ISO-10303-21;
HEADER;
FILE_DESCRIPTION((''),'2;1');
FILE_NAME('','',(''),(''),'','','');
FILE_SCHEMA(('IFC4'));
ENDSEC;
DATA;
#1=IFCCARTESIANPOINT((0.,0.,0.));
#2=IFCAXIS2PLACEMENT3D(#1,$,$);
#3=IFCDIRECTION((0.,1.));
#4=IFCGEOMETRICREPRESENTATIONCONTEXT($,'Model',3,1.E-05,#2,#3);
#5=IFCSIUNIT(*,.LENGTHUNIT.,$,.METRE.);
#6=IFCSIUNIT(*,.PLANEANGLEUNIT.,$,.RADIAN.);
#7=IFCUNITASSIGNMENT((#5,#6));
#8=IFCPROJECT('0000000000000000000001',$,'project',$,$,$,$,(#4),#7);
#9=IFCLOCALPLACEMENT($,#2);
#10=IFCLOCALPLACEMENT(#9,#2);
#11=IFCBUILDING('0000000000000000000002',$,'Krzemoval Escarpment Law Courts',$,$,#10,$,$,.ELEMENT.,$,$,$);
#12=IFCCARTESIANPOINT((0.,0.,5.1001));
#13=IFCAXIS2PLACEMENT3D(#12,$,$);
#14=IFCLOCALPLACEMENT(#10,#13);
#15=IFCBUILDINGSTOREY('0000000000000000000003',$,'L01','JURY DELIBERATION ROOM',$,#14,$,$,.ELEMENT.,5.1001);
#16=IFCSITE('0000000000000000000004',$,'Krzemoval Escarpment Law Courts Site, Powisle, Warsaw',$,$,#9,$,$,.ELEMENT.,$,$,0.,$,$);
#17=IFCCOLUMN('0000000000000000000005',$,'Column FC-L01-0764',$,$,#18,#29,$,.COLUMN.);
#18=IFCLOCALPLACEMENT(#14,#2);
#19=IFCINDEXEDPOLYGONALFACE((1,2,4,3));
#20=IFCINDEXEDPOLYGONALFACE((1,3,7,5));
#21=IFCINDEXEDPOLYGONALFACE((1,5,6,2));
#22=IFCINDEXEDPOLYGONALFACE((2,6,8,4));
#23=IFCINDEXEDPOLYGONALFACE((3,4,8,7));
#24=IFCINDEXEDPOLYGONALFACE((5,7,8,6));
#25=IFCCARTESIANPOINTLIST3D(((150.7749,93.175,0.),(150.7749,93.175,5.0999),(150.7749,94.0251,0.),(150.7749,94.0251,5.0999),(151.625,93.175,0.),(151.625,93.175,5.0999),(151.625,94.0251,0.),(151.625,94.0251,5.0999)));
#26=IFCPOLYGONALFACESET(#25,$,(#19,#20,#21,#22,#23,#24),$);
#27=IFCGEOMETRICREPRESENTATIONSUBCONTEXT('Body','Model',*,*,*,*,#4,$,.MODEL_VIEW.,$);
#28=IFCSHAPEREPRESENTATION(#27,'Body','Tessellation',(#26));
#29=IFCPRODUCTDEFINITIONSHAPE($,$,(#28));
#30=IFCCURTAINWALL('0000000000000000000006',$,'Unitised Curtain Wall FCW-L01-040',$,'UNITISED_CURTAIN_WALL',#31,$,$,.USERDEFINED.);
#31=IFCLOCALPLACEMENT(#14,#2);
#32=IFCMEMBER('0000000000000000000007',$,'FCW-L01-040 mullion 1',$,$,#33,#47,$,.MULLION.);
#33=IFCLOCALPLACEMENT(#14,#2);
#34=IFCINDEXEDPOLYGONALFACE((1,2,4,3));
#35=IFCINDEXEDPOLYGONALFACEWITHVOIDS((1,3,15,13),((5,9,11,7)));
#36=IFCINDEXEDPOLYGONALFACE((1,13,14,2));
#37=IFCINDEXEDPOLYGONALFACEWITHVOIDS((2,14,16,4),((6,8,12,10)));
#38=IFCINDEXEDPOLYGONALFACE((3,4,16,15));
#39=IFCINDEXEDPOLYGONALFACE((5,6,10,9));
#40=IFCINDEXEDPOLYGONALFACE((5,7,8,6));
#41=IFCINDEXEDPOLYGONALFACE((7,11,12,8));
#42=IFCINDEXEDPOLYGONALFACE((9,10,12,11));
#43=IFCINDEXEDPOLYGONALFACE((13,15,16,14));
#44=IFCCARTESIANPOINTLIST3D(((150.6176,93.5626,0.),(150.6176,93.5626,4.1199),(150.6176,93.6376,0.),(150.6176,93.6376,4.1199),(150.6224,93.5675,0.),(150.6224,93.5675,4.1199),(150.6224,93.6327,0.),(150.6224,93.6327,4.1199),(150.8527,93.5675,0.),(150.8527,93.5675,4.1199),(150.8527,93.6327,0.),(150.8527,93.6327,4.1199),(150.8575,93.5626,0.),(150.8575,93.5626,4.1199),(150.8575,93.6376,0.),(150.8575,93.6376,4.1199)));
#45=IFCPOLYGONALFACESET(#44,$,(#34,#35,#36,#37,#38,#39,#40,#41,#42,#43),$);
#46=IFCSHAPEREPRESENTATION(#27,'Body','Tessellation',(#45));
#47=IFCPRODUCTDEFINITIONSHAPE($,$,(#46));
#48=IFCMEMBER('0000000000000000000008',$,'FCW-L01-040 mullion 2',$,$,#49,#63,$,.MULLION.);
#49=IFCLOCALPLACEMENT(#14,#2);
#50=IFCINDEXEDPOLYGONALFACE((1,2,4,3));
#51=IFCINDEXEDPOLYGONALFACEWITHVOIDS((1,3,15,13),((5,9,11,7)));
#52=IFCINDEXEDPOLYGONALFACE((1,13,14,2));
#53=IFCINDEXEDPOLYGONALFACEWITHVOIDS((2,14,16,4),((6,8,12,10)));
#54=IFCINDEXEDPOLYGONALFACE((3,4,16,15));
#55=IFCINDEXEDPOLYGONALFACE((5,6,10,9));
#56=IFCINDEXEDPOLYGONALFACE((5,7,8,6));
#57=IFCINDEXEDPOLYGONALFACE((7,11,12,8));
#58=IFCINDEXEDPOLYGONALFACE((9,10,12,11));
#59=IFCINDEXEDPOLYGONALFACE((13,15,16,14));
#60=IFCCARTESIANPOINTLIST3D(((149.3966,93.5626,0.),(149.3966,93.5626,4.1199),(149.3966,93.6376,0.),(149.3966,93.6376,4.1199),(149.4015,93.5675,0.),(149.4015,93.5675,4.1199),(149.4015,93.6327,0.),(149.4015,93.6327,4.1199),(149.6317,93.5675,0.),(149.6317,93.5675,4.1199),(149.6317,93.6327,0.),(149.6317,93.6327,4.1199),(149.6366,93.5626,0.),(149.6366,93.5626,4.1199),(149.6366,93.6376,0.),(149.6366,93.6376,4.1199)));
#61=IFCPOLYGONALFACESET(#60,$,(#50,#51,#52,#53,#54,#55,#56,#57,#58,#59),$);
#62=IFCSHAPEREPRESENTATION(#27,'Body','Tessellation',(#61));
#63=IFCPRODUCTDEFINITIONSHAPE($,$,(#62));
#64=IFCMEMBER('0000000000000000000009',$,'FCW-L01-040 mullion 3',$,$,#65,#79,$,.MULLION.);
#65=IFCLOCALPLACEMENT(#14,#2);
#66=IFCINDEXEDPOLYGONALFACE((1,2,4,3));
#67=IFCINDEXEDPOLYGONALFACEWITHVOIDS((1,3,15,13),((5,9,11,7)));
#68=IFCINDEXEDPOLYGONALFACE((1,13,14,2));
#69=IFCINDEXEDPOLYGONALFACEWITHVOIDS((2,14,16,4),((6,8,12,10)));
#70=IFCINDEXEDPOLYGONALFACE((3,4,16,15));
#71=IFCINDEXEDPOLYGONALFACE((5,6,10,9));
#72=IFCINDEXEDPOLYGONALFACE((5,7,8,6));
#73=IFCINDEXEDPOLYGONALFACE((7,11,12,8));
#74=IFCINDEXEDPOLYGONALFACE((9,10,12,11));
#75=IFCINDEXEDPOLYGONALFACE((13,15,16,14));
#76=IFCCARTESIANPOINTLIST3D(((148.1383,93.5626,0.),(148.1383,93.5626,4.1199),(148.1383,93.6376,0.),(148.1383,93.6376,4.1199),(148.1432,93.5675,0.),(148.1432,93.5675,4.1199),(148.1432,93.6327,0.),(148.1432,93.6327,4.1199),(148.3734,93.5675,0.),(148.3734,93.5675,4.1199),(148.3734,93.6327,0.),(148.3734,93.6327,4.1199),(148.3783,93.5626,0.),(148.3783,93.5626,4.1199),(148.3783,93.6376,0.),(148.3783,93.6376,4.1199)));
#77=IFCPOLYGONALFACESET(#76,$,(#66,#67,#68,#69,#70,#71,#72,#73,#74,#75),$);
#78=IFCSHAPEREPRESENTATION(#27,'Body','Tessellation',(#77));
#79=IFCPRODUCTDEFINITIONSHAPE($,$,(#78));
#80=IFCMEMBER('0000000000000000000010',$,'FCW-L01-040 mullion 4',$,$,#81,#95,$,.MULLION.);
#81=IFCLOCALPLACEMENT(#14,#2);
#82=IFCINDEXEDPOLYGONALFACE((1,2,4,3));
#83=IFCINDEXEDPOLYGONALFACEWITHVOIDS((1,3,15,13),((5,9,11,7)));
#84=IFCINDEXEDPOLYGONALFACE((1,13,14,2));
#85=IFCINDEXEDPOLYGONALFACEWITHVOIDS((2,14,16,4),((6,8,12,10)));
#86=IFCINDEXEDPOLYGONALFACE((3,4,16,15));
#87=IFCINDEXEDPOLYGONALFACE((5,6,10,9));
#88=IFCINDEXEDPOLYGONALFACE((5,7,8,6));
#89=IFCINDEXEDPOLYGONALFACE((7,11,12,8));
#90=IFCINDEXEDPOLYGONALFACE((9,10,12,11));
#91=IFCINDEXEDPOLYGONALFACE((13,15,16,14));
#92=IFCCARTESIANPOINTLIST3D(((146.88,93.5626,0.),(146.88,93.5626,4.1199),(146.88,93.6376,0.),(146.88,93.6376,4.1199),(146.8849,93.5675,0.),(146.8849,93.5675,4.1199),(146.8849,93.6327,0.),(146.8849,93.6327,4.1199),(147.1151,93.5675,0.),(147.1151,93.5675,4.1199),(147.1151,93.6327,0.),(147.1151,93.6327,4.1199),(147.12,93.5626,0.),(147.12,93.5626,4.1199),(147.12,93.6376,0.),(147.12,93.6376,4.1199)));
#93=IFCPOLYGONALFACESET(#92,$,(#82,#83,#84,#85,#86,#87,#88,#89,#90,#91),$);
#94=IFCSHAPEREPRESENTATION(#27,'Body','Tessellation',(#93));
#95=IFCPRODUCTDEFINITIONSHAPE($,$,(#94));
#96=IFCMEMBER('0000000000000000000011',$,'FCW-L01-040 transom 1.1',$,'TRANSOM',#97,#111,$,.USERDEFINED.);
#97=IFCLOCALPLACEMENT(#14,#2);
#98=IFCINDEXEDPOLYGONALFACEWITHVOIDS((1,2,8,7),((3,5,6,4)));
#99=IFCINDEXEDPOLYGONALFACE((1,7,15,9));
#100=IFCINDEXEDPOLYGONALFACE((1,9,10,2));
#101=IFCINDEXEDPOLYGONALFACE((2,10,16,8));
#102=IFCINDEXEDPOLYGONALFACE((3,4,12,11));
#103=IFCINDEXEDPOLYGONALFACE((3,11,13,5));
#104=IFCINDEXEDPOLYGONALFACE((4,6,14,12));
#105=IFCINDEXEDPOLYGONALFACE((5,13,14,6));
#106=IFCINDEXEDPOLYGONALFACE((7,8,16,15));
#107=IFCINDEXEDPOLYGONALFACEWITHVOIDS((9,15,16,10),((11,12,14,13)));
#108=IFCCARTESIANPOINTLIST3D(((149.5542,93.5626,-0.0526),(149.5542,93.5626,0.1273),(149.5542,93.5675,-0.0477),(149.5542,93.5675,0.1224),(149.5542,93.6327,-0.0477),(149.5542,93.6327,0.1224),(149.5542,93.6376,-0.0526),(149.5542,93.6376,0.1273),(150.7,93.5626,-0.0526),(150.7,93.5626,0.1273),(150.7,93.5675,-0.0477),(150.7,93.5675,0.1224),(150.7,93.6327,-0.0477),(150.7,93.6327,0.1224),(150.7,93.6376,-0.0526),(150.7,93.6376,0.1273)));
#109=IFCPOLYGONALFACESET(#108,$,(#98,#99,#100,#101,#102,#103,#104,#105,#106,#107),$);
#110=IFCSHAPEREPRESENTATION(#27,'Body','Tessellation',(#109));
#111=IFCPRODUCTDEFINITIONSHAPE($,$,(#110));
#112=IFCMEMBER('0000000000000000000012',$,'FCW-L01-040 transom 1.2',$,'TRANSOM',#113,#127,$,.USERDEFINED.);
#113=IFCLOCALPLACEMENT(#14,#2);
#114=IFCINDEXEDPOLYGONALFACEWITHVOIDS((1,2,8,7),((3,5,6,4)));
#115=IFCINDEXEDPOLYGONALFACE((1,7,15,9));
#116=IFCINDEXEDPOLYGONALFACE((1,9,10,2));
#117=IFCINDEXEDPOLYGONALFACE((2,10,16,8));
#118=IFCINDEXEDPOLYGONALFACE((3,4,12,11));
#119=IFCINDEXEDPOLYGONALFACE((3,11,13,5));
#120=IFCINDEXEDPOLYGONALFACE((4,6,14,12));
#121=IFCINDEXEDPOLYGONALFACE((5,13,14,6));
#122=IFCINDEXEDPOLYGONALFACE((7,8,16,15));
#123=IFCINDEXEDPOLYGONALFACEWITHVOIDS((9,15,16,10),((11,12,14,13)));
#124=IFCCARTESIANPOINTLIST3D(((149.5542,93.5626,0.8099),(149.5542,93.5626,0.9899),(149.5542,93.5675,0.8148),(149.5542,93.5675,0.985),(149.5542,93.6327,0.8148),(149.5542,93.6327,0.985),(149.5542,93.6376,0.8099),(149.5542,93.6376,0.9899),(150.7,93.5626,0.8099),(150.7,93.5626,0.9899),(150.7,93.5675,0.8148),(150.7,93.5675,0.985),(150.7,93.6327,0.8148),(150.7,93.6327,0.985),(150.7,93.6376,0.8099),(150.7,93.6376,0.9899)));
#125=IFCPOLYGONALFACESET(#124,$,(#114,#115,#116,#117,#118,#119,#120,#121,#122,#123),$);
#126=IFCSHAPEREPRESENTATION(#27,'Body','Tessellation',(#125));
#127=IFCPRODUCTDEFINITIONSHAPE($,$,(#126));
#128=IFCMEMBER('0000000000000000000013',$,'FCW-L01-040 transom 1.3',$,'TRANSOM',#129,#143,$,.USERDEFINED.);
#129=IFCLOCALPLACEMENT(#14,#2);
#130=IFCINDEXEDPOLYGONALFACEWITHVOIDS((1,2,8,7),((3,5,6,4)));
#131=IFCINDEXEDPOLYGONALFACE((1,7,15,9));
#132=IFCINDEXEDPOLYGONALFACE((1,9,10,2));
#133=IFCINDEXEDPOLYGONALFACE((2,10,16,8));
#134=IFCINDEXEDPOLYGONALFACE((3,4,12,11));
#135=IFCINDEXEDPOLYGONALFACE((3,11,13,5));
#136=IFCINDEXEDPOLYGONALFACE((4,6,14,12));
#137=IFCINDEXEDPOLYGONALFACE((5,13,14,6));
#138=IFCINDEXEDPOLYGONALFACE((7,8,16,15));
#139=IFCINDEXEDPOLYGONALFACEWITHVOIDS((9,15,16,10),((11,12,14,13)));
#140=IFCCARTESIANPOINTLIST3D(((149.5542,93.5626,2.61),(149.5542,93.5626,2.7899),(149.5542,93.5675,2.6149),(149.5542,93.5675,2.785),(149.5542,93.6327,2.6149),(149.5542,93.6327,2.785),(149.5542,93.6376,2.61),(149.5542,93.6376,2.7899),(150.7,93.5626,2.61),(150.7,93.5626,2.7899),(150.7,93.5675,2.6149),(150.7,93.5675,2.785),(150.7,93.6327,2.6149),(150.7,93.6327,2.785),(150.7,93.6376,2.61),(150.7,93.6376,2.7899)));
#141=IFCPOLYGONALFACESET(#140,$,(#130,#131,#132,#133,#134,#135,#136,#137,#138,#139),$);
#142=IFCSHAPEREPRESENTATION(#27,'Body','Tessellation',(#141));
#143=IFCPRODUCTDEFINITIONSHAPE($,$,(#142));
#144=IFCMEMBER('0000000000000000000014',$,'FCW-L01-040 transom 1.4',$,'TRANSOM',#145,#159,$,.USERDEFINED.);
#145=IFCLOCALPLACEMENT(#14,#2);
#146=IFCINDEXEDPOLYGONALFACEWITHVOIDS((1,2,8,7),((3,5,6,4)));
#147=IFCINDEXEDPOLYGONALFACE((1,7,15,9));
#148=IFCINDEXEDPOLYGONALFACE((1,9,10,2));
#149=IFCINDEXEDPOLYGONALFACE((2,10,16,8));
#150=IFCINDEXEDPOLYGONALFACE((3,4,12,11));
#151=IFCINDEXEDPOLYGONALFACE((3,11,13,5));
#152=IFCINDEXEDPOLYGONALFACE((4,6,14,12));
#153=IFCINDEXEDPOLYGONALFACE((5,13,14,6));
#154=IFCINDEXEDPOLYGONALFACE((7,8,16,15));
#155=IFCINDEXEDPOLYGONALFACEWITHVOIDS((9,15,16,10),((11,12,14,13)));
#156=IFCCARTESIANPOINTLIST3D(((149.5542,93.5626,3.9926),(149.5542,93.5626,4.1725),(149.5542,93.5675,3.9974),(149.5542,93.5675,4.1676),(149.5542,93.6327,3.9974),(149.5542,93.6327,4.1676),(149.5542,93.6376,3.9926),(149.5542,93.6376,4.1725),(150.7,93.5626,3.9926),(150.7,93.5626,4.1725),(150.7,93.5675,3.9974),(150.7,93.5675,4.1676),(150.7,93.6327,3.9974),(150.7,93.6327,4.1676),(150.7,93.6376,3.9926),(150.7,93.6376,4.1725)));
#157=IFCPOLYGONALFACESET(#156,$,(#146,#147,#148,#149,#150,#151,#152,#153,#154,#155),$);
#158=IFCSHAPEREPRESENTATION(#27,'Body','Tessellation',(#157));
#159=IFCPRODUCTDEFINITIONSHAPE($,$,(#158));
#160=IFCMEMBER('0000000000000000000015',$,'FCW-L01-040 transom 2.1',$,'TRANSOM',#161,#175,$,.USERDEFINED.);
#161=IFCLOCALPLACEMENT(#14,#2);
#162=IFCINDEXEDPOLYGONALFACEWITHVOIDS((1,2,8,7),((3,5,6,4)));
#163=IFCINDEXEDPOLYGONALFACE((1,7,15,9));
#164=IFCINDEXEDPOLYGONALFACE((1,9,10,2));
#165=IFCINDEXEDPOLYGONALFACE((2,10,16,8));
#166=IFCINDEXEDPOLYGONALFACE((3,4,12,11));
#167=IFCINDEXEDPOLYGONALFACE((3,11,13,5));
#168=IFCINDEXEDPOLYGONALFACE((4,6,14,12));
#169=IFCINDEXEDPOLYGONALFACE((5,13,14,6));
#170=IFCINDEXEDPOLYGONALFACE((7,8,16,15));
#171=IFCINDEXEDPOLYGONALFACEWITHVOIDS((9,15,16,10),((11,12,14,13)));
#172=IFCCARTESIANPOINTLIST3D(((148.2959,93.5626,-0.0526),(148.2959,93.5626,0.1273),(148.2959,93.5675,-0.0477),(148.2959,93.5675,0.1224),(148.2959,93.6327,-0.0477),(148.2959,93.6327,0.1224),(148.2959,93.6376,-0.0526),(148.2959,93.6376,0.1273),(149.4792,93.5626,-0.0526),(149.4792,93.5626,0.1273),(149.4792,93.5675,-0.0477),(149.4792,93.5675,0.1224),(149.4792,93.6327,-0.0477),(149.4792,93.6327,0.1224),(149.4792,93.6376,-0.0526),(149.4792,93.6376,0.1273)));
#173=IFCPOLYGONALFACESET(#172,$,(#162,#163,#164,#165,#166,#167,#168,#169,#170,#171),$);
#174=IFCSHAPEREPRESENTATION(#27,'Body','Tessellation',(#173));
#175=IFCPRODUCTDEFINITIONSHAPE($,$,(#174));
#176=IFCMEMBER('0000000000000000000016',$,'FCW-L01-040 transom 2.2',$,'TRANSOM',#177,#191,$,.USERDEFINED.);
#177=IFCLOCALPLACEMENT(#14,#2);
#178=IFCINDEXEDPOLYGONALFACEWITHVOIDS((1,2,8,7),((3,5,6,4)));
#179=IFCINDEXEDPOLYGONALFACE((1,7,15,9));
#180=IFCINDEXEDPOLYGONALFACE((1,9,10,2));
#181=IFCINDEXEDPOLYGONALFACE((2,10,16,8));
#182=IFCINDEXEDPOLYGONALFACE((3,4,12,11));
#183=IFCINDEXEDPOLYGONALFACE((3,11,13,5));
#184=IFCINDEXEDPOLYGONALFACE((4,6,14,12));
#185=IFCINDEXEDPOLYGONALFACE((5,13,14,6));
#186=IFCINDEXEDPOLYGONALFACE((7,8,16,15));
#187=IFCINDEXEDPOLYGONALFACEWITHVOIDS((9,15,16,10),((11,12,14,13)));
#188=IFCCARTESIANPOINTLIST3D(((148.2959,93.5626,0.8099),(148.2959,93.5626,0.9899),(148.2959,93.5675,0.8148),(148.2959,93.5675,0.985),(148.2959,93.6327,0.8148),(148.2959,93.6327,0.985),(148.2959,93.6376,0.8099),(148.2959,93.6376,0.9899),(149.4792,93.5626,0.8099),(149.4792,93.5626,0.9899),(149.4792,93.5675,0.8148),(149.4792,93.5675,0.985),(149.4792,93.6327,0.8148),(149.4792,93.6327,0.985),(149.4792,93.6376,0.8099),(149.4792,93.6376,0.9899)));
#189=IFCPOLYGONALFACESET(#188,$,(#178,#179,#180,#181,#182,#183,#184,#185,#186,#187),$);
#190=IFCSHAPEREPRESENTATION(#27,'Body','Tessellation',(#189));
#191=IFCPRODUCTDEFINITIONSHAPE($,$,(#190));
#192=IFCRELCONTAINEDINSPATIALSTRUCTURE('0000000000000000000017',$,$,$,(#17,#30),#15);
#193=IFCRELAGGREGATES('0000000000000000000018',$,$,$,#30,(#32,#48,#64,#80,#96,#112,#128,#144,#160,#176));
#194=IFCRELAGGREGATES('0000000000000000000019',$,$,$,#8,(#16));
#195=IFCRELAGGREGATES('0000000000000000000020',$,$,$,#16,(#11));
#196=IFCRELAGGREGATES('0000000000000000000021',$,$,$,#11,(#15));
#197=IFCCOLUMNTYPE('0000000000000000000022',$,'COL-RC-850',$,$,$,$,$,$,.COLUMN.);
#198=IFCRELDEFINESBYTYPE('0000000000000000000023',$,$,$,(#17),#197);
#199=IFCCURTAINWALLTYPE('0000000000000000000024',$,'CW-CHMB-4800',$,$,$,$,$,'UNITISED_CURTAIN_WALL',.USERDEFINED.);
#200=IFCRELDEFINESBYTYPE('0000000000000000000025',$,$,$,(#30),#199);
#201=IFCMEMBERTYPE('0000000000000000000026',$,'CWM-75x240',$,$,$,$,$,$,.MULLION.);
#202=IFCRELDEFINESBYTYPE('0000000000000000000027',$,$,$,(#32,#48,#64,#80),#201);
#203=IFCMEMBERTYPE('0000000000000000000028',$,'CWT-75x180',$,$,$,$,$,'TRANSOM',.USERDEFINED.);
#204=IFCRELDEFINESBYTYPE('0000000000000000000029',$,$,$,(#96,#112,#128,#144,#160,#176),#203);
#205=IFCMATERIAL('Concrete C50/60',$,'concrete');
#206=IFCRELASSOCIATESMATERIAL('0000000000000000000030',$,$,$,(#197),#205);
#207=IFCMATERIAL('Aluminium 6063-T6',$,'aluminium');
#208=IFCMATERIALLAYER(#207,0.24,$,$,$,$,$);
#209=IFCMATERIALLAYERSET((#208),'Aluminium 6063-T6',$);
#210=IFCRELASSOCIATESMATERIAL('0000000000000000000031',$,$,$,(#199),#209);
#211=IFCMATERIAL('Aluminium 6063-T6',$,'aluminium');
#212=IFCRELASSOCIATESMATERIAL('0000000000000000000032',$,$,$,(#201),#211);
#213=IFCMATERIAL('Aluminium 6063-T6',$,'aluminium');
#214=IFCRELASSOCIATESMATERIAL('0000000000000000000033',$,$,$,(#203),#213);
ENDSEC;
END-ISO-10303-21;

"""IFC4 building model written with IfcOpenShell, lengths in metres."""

from ifc_helpers import new_model, si_unit, direction, frame, origin, origin_2d, place, context, subcontext, project, spatial, rectangle, hollow_rectangle, extrude, material, layer, layer_set, material_profile, profile_set, type_object, element, aggregate, save


model = new_model("IFC4")

# Units and contexts
model_context = context("Model", 3, precision=1e-05, world=origin(), true_north=direction((0.0, 1.0)))
body_context = subcontext(model_context, "Body", "Model", "MODEL_VIEW")
ifc_project = project(units=[si_unit("LENGTHUNIT", "METRE"), si_unit("PLANEANGLEUNIT", "RADIAN")], contexts=[model_context])

# Site, building, storey
site_placement = place(None, origin())
site = spatial("IfcSite", under=ifc_project, at=site_placement, Name="Krzemoval Escarpment Law Courts Site, Powisle, Warsaw", CompositionType="ELEMENT", RefElevation=0.0)
building_placement = place(site_placement, origin())
building = spatial("IfcBuilding", under=site, at=building_placement, Name="Krzemoval Escarpment Law Courts", CompositionType="ELEMENT")
storey_placement = place(building_placement, frame((0.0, 0.0, 5.1001)))
storey = spatial("IfcBuildingStorey", under=building, at=storey_placement, Name="L01", Description="JURY DELIBERATION ROOM", CompositionType="ELEMENT", Elevation=5.1001)

# Column
ifc_material_1 = material(Name="Concrete C50/60", Category="concrete")
ifc_material_profile_1 = material_profile(ifc_material_1, rectangle(XDim=0.8501, YDim=0.8501, at=origin_2d()), Name="RC 850x850")
ifc_profile_set_1 = profile_set([ifc_material_profile_1], Name="Concrete C50/60")
column_type = type_object("IfcColumnType", Name="COL-RC-850", PredefinedType="COLUMN", material=ifc_profile_set_1)
column_placement = place(storey_placement, frame((151.2, 93.6001, 0.0), z_axis=(0.0, 0.0, 1.0), x_axis=(1.0, 0.0, 0.0)))
element("IfcColumn", 1, at=column_placement, inside=storey, type_object=column_type, Name="Column FC-L01-0764", PredefinedType="COLUMN", context=body_context, shape_type="SweptSolid", body=[
    extrude(rectangle(XDim=0.8501, YDim=0.8501, at=origin_2d()), origin(), (0.0, 0.0, 1.0), 5.0999),
])

# Curtain wall, members
ifc_material_2 = material(Name="Aluminium 6063-T6", Category="aluminium")
ifc_layer_1 = layer(ifc_material_2, 0.24)
ifc_layer_set_1 = layer_set([ifc_layer_1], Name="Aluminium 6063-T6")
curtain_wall_type = type_object("IfcCurtainWallType", Name="CW-CHMB-4800", ElementType="UNITISED_CURTAIN_WALL", PredefinedType="USERDEFINED", material=ifc_layer_set_1)
curtain_wall_placement = place(storey_placement, origin())
curtain_wall = element("IfcCurtainWall", 2, at=curtain_wall_placement, inside=storey, type_object=curtain_wall_type, Name="Unitised Curtain Wall FCW-L01-040", ObjectType="UNITISED_CURTAIN_WALL", PredefinedType="USERDEFINED")
ifc_material_3 = material(Name="Aluminium 6063-T6", Category="aluminium")
ifc_material_profile_2 = material_profile(ifc_material_3, hollow_rectangle(XDim=0.075, YDim=0.24, WallThickness=0.0049, at=origin_2d()), Name="ALU M75x240")
ifc_profile_set_2 = profile_set([ifc_material_profile_2], Name="Aluminium 6063-T6")
member_type_1 = type_object("IfcMemberType", Name="CWM-75x240", PredefinedType="MULLION", material=ifc_profile_set_2)
member_1_placement = place(storey_placement, frame((150.7375, 93.6001, 0.0), z_axis=(0.0, 0.0, 1.0), x_axis=(0.0, -1.0, 0.0)))
member_1 = element("IfcMember", 3, at=member_1_placement, type_object=member_type_1, Name="FCW-L01-040 mullion 1", PredefinedType="MULLION", context=body_context, shape_type="SweptSolid", body=[
    extrude(hollow_rectangle(XDim=0.075, YDim=0.24, WallThickness=0.0049, at=origin_2d()), origin(), (0.0, 0.0, 1.0), 4.1199),
])
member_2_placement = place(storey_placement, frame((149.5166, 93.6001, 0.0), z_axis=(0.0, 0.0, 1.0), x_axis=(0.0, -1.0, 0.0)))
member_2 = element("IfcMember", 4, at=member_2_placement, type_object=member_type_1, Name="FCW-L01-040 mullion 2", PredefinedType="MULLION", context=body_context, shape_type="SweptSolid", body=[
    extrude(hollow_rectangle(XDim=0.075, YDim=0.24, WallThickness=0.0049, at=origin_2d()), origin(), (0.0, 0.0, 1.0), 4.1199),
])
member_3_placement = place(storey_placement, frame((148.2583, 93.6001, 0.0), z_axis=(0.0, 0.0, 1.0), x_axis=(0.0, -1.0, 0.0)))
member_3 = element("IfcMember", 5, at=member_3_placement, type_object=member_type_1, Name="FCW-L01-040 mullion 3", PredefinedType="MULLION", context=body_context, shape_type="SweptSolid", body=[
    extrude(hollow_rectangle(XDim=0.075, YDim=0.24, WallThickness=0.0049, at=origin_2d()), origin(), (0.0, 0.0, 1.0), 4.1199),
])
member_4_placement = place(storey_placement, frame((147.0, 93.6001, 0.0), z_axis=(0.0, 0.0, 1.0), x_axis=(0.0, -1.0, 0.0)))
member_4 = element("IfcMember", 6, at=member_4_placement, type_object=member_type_1, Name="FCW-L01-040 mullion 4", PredefinedType="MULLION", context=body_context, shape_type="SweptSolid", body=[
    extrude(hollow_rectangle(XDim=0.075, YDim=0.24, WallThickness=0.0049, at=origin_2d()), origin(), (0.0, 0.0, 1.0), 4.1199),
])
ifc_material_4 = material(Name="Aluminium 6063-T6", Category="aluminium")
ifc_material_profile_3 = material_profile(ifc_material_4, hollow_rectangle(XDim=0.075, YDim=0.1799, WallThickness=0.0049, at=origin_2d()), Name="ALU T75x180")
ifc_profile_set_3 = profile_set([ifc_material_profile_3], Name="Aluminium 6063-T6")
member_type_2 = type_object("IfcMemberType", Name="CWT-75x180", ElementType="TRANSOM", PredefinedType="USERDEFINED", material=ifc_profile_set_3)
member_5_placement = place(storey_placement, frame((150.7, 93.6001, 0.0374), z_axis=(-1.0, 0.0, 0.0), x_axis=(0.0, -1.0, 0.0)))
member_5 = element("IfcMember", 7, at=member_5_placement, type_object=member_type_2, Name="FCW-L01-040 transom 1.1", ObjectType="TRANSOM", PredefinedType="USERDEFINED", context=body_context, shape_type="SweptSolid", body=[
    extrude(hollow_rectangle(XDim=0.075, YDim=0.1799, WallThickness=0.0049, at=origin_2d()), origin(), (0.0, 0.0, 1.0), 1.1458),
])
member_6_placement = place(storey_placement, frame((150.7, 93.6001, 0.8999), z_axis=(-1.0, 0.0, 0.0), x_axis=(0.0, -1.0, 0.0)))
member_6 = element("IfcMember", 8, at=member_6_placement, type_object=member_type_2, Name="FCW-L01-040 transom 1.2", ObjectType="TRANSOM", PredefinedType="USERDEFINED", context=body_context, shape_type="SweptSolid", body=[
    extrude(hollow_rectangle(XDim=0.075, YDim=0.1799, WallThickness=0.0049, at=origin_2d()), origin(), (0.0, 0.0, 1.0), 1.1458),
])
member_7_placement = place(storey_placement, frame((150.7, 93.6001, 2.7), z_axis=(-1.0, 0.0, 0.0), x_axis=(0.0, -1.0, 0.0)))
member_7 = element("IfcMember", 9, at=member_7_placement, type_object=member_type_2, Name="FCW-L01-040 transom 1.3", ObjectType="TRANSOM", PredefinedType="USERDEFINED", context=body_context, shape_type="SweptSolid", body=[
    extrude(hollow_rectangle(XDim=0.075, YDim=0.1799, WallThickness=0.0049, at=origin_2d()), origin(), (0.0, 0.0, 1.0), 1.1458),
])
member_8_placement = place(storey_placement, frame((150.7, 93.6001, 4.0825), z_axis=(-1.0, 0.0, 0.0), x_axis=(0.0, -1.0, 0.0)))
member_8 = element("IfcMember", 10, at=member_8_placement, type_object=member_type_2, Name="FCW-L01-040 transom 1.4", ObjectType="TRANSOM", PredefinedType="USERDEFINED", context=body_context, shape_type="SweptSolid", body=[
    extrude(hollow_rectangle(XDim=0.075, YDim=0.1799, WallThickness=0.0049, at=origin_2d()), origin(), (0.0, 0.0, 1.0), 1.1458),
])
member_9_placement = place(storey_placement, frame((149.4792, 93.6001, 0.0374), z_axis=(-1.0, 0.0, 0.0), x_axis=(0.0, -1.0, 0.0)))
member_9 = element("IfcMember", 11, at=member_9_placement, type_object=member_type_2, Name="FCW-L01-040 transom 2.1", ObjectType="TRANSOM", PredefinedType="USERDEFINED", context=body_context, shape_type="SweptSolid", body=[
    extrude(hollow_rectangle(XDim=0.075, YDim=0.1799, WallThickness=0.0049, at=origin_2d()), origin(), (0.0, 0.0, 1.0), 1.1833),
])
member_10_placement = place(storey_placement, frame((149.4792, 93.6001, 0.8999), z_axis=(-1.0, 0.0, 0.0), x_axis=(0.0, -1.0, 0.0)))
member_10 = element("IfcMember", 12, at=member_10_placement, type_object=member_type_2, Name="FCW-L01-040 transom 2.2", ObjectType="TRANSOM", PredefinedType="USERDEFINED", context=body_context, shape_type="SweptSolid", body=[
    extrude(hollow_rectangle(XDim=0.075, YDim=0.1799, WallThickness=0.0049, at=origin_2d()), origin(), (0.0, 0.0, 1.0), 1.1833),
])
aggregate(curtain_wall, [member_1, member_2, member_3, member_4, member_5, member_6, member_7, member_8, member_9, member_10])

save(model, "model.ifc")
